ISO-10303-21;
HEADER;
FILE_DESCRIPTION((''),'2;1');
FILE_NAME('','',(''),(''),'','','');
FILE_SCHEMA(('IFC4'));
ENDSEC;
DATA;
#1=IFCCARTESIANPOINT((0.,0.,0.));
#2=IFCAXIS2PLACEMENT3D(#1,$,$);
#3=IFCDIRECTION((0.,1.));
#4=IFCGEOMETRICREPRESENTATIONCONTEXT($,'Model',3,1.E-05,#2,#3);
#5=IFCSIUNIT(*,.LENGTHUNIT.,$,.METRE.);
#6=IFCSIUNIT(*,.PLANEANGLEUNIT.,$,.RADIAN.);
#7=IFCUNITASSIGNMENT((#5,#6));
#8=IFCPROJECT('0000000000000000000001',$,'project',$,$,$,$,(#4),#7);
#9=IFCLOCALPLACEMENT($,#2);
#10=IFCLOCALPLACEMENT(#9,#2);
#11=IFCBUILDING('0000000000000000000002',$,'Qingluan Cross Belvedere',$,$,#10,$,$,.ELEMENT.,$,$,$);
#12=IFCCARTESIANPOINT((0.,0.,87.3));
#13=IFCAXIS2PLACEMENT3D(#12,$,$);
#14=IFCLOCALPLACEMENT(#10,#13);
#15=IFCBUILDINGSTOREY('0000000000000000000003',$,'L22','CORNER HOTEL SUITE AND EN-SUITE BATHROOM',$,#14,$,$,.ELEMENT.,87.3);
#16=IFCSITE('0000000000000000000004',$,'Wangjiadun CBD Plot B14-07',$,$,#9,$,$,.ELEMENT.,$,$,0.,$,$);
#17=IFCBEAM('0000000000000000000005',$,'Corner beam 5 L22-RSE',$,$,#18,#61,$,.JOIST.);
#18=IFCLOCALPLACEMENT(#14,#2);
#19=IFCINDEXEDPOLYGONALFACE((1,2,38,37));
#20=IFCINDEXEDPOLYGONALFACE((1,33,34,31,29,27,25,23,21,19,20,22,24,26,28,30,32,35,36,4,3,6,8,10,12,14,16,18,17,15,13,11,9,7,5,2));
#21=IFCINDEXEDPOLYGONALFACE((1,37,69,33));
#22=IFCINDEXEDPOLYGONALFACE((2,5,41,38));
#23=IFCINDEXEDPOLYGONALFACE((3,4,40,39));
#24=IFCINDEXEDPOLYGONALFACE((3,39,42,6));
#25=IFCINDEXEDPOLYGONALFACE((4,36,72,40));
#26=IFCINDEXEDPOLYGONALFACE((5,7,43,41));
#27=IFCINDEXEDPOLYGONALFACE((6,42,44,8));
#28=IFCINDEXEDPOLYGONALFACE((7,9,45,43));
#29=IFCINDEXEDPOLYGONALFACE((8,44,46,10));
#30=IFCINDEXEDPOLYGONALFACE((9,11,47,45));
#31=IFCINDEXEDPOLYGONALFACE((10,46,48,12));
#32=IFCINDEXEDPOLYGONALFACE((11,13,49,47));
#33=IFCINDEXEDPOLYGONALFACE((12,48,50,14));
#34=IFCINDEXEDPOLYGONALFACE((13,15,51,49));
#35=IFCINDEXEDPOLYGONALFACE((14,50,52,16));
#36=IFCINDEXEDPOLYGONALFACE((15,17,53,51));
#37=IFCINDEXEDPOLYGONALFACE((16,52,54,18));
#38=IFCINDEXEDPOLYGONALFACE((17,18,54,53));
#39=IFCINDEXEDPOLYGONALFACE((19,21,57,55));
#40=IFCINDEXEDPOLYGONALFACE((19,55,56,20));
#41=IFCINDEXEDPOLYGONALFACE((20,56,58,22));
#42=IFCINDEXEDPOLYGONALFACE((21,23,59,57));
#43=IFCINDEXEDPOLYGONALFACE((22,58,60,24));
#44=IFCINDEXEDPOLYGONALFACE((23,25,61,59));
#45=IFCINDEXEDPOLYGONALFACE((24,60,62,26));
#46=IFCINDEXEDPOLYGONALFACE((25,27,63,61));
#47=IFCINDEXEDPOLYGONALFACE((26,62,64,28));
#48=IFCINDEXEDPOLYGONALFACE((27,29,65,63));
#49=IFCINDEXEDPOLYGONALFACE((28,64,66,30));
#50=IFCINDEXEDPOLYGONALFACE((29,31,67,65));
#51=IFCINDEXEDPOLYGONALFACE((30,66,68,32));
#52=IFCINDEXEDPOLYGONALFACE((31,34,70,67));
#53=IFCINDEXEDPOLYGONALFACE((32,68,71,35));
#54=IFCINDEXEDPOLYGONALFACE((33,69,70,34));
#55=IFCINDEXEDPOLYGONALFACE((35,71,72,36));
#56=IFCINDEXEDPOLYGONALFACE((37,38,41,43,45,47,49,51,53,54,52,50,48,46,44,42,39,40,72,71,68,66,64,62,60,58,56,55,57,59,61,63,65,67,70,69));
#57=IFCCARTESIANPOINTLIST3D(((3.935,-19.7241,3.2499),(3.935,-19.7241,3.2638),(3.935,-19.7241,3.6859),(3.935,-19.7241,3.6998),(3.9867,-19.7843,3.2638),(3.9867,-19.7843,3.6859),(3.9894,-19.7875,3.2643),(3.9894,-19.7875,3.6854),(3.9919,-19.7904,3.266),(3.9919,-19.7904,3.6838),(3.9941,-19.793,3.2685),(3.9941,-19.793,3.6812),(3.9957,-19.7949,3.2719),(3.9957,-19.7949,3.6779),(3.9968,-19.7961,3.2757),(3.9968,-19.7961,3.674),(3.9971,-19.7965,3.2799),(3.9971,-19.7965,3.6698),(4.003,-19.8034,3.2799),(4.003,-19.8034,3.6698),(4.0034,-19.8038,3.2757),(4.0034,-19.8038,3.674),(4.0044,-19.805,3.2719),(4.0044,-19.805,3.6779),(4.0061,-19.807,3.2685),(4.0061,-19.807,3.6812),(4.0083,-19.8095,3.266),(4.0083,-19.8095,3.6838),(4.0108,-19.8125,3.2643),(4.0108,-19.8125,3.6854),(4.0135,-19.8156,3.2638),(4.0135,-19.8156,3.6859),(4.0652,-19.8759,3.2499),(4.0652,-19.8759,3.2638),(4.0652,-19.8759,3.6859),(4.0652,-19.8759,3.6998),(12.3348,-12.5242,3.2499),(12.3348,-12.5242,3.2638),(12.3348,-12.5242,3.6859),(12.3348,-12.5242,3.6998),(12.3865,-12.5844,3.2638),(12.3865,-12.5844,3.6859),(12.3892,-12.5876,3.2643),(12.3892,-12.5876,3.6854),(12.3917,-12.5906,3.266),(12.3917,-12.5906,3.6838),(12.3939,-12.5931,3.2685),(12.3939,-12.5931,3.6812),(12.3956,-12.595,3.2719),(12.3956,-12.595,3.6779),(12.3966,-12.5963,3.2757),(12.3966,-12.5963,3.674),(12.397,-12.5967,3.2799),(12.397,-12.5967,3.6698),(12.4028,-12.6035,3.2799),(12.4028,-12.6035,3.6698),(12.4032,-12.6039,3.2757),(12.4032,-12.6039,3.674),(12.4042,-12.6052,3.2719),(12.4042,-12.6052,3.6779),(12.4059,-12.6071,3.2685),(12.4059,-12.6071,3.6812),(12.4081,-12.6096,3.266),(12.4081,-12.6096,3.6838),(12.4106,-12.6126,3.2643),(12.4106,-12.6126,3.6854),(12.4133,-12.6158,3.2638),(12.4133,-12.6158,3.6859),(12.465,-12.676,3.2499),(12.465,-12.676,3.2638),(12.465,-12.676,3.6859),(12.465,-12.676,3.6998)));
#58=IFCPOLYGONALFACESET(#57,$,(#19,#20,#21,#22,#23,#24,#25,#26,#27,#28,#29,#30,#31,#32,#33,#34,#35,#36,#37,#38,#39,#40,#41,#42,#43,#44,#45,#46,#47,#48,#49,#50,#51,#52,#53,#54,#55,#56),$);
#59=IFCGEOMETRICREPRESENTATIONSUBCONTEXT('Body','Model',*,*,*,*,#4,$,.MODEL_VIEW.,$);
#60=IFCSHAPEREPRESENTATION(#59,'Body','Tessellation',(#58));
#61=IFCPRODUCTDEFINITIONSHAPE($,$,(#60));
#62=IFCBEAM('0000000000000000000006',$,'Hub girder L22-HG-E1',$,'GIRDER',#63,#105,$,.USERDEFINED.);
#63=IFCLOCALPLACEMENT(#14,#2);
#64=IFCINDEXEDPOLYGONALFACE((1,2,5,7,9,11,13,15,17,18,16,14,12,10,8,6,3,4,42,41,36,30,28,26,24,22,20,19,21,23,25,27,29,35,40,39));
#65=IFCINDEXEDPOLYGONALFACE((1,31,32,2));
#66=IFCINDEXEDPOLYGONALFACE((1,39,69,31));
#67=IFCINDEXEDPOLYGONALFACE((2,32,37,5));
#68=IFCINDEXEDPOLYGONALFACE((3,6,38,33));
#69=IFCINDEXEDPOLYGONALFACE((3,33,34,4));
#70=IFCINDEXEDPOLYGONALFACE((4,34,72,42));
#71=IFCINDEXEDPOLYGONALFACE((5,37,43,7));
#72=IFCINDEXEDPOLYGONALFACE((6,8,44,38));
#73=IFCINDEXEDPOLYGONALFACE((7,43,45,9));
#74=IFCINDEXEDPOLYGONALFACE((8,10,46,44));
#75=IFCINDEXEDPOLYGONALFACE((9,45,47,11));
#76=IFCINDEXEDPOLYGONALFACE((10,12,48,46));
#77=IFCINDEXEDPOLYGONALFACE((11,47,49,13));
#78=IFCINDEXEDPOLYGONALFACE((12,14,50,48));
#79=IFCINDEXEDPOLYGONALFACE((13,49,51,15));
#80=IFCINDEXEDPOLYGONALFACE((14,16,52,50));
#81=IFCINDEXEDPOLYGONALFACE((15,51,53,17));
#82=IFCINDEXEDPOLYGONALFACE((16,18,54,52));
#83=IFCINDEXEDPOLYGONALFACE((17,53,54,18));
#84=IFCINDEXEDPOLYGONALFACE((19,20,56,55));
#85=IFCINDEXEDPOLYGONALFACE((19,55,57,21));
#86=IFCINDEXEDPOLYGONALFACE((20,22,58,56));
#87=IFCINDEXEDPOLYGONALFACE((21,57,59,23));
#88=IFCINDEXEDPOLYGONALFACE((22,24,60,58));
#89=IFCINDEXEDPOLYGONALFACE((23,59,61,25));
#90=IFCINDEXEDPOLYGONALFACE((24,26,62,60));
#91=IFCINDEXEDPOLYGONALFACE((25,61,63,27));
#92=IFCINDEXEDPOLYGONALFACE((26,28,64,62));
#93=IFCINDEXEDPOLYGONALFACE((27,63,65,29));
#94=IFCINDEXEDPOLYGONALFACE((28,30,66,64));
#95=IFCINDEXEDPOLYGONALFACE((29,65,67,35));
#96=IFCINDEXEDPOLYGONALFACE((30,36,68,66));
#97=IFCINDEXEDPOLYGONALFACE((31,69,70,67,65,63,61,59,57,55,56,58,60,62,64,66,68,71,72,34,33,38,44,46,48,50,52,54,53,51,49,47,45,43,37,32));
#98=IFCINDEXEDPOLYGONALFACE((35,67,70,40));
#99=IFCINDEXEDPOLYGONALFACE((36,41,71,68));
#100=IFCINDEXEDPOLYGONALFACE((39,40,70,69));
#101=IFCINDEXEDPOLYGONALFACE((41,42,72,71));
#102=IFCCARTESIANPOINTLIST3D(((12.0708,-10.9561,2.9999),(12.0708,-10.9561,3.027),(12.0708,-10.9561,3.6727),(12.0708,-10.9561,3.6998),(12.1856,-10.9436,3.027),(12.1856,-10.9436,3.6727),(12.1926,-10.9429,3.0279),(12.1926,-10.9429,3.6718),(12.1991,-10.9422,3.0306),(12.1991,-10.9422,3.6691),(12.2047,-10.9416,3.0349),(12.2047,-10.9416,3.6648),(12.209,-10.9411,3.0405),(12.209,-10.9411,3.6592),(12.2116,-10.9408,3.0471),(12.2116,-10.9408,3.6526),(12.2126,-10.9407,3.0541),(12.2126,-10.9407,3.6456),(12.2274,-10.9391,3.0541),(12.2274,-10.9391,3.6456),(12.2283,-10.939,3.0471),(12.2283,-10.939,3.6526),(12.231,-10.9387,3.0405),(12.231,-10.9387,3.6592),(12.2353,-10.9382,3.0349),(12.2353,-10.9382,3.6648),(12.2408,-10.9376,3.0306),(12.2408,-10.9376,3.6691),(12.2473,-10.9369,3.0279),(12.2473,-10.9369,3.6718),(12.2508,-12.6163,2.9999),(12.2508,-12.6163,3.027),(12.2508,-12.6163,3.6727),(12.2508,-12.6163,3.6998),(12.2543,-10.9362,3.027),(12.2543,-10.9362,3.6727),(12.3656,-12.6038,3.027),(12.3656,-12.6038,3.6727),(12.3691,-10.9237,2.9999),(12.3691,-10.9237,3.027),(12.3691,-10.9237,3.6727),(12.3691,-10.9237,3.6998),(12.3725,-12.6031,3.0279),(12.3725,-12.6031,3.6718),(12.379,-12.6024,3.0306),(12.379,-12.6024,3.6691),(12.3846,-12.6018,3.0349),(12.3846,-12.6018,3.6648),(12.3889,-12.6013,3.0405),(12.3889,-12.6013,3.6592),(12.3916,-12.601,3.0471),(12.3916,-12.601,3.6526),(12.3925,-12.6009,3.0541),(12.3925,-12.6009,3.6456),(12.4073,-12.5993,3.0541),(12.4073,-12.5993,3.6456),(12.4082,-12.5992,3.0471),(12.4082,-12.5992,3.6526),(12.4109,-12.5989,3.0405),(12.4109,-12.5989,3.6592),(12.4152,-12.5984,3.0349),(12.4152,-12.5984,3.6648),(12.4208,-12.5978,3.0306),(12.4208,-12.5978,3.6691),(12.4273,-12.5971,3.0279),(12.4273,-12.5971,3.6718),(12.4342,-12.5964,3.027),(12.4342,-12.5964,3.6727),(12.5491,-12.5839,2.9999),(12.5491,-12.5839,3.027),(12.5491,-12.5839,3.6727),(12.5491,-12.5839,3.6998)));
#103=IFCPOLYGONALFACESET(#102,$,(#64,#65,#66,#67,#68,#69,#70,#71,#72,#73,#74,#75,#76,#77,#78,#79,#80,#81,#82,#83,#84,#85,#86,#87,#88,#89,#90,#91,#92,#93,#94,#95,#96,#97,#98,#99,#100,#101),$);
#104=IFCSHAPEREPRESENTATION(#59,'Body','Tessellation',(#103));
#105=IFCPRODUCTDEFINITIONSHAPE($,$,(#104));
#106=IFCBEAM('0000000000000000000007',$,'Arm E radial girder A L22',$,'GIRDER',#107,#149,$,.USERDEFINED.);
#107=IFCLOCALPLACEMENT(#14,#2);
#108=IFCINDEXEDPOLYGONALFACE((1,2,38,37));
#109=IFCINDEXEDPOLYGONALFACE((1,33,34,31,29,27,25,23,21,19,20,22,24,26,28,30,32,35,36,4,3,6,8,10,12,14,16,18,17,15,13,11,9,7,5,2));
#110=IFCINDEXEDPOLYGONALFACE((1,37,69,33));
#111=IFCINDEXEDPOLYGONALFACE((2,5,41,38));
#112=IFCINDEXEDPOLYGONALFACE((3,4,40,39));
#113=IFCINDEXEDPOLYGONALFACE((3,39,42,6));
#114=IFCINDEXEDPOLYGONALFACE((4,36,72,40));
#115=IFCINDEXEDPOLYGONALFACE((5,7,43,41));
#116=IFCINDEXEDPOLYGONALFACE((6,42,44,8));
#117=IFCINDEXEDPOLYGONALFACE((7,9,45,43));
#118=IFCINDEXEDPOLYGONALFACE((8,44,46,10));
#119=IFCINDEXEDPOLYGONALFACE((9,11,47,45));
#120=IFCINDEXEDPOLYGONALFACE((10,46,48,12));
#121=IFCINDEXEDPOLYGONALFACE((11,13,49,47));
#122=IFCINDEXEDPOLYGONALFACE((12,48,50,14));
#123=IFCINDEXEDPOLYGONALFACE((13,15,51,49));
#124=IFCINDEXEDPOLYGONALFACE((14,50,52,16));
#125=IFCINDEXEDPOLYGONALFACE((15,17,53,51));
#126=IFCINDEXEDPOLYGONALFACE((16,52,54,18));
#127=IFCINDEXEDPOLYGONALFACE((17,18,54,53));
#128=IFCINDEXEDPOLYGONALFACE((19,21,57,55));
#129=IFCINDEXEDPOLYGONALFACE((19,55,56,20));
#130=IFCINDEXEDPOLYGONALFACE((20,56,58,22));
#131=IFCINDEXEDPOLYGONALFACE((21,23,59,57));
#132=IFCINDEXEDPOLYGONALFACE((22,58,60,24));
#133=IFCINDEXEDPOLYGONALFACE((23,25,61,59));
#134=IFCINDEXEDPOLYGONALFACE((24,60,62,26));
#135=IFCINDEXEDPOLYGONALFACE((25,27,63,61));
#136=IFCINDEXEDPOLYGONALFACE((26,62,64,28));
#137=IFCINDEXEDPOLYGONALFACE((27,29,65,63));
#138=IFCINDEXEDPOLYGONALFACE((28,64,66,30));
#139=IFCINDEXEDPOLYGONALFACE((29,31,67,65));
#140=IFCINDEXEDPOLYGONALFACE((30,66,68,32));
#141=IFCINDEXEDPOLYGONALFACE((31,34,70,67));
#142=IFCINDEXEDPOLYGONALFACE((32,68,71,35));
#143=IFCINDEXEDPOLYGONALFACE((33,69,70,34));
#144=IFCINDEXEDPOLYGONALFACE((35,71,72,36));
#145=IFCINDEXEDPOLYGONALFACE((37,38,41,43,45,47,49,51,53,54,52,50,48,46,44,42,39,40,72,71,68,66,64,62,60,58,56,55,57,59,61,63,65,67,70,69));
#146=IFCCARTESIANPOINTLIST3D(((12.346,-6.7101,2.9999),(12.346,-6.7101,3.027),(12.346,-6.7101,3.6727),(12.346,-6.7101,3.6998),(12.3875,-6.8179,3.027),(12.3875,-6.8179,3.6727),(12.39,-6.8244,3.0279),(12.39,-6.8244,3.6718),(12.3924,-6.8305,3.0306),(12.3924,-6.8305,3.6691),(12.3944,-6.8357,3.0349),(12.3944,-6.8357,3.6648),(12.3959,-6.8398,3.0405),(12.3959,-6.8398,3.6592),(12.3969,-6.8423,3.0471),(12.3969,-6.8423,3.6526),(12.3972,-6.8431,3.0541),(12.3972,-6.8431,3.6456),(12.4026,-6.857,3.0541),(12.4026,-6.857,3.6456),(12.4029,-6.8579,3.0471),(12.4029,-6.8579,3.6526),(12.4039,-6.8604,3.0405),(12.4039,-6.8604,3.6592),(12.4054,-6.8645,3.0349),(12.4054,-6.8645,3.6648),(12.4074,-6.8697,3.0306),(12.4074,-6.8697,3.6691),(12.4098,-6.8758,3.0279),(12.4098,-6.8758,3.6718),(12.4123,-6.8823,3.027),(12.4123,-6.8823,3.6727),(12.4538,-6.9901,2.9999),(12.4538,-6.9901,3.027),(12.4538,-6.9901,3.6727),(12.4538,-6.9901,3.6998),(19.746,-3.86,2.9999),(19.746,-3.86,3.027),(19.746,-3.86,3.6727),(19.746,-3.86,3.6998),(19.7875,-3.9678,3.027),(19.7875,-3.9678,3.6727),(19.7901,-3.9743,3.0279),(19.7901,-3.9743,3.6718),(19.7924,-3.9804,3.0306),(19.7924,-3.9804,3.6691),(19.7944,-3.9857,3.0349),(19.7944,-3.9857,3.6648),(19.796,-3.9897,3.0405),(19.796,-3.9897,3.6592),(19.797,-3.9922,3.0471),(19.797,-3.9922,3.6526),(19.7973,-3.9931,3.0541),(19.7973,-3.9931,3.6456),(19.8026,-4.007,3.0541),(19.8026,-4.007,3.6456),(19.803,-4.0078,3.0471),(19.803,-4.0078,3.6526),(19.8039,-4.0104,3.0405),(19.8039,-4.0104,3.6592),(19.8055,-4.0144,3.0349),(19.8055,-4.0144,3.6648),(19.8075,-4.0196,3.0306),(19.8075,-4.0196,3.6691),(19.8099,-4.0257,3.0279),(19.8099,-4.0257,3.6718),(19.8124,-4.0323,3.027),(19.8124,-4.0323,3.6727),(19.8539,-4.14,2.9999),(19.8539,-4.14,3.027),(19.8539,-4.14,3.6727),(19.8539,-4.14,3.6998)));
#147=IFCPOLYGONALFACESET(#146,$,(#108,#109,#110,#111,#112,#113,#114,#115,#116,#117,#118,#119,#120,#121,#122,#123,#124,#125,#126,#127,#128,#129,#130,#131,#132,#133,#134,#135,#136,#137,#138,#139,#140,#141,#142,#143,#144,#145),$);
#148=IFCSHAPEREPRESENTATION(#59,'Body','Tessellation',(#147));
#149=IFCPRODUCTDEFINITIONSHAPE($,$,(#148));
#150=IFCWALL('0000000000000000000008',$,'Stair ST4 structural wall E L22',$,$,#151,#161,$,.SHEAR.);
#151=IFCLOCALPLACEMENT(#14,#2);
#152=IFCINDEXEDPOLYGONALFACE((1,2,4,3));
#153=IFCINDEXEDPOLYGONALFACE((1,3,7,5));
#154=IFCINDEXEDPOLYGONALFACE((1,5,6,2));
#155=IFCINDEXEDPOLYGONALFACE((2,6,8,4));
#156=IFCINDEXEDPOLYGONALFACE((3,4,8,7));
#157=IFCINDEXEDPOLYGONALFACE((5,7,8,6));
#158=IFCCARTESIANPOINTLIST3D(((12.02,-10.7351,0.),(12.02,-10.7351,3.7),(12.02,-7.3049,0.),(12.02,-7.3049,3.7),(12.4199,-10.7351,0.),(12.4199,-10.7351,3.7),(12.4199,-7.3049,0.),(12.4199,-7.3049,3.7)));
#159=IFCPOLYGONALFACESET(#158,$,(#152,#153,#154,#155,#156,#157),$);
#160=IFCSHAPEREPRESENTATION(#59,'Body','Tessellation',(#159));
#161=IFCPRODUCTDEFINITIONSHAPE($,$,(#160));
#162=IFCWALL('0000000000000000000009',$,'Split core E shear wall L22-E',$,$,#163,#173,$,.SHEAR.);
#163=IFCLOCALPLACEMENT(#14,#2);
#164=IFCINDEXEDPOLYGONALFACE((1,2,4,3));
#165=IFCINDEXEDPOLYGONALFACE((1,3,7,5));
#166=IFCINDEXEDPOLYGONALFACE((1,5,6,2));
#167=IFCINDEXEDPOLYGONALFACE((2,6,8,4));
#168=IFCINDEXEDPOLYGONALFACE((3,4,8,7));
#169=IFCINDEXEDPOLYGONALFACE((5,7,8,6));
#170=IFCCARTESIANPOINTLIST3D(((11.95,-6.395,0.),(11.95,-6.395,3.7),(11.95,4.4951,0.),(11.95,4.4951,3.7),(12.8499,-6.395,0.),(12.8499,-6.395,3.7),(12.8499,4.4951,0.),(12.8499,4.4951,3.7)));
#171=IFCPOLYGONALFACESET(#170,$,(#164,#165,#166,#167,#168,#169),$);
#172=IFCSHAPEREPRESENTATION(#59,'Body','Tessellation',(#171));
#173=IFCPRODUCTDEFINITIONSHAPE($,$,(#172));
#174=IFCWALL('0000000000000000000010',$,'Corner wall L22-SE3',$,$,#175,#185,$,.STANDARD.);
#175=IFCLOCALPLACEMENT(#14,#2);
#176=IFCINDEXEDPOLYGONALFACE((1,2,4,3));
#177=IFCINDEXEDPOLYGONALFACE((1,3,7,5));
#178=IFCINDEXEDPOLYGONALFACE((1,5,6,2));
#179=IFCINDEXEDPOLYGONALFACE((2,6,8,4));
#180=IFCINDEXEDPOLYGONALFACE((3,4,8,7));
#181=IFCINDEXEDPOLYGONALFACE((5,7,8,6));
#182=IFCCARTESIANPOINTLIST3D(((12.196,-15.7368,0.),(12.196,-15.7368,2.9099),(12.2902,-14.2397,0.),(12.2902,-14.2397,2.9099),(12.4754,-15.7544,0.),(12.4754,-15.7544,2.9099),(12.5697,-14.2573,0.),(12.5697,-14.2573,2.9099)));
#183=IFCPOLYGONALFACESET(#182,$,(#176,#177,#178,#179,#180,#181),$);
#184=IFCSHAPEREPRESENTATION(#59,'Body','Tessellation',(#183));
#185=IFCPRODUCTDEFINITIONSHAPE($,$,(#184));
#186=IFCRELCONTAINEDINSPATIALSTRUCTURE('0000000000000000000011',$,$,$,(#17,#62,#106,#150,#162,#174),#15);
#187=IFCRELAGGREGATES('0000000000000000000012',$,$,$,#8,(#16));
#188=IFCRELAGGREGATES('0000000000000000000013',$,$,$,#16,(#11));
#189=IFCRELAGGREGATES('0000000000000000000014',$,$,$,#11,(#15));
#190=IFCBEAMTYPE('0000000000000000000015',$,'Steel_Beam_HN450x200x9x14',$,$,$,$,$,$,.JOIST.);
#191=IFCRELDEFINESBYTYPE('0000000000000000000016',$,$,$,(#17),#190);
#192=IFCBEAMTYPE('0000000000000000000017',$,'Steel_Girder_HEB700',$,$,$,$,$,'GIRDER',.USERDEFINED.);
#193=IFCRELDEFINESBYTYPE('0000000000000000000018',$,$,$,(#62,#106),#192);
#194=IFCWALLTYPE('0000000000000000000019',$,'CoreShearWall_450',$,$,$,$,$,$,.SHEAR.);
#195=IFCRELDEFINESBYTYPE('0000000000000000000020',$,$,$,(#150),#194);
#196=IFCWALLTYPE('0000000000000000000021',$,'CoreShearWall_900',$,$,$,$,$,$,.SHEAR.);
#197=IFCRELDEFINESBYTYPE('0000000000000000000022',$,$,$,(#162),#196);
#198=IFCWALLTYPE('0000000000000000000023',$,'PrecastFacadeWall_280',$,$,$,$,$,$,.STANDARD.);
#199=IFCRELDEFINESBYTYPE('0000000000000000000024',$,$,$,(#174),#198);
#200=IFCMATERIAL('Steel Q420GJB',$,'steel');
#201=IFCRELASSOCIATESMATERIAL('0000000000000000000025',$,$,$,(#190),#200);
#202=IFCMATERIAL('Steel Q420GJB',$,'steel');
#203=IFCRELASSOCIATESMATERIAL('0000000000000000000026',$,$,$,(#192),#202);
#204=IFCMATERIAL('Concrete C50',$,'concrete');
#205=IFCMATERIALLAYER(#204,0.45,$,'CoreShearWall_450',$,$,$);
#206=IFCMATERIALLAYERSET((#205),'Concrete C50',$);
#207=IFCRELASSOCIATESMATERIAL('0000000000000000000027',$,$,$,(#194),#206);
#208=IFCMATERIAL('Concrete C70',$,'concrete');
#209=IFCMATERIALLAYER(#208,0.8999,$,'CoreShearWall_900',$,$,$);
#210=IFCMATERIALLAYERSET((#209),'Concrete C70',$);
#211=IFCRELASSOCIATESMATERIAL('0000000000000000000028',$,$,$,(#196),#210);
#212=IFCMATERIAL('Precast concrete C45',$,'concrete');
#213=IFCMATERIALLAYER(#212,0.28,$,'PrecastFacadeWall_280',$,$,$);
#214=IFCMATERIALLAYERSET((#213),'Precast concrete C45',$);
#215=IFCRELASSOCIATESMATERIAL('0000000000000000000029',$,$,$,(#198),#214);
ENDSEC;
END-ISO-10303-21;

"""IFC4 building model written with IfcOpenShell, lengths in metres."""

from ifc_helpers import new_model, si_unit, direction, frame, frame_2d, origin, origin_2d, place, context, subcontext, project, spatial, rectangle, i_section, extrude, material, layer, layer_set, material_profile, profile_set, type_object, element, save


model = new_model("IFC4")

# Units and contexts
model_context = context("Model", 3, precision=1e-05, world=origin(), true_north=direction((0.0, 1.0)))
body_context = subcontext(model_context, "Body", "Model", "MODEL_VIEW")
ifc_project = project(units=[si_unit("LENGTHUNIT", "METRE"), si_unit("PLANEANGLEUNIT", "RADIAN")], contexts=[model_context])

# Site, building, storey
site_placement = place(None, origin())
site = spatial("IfcSite", under=ifc_project, at=site_placement, Name="Wangjiadun CBD Plot B14-07", CompositionType="ELEMENT", RefElevation=0.0)
building_placement = place(site_placement, origin())
building = spatial("IfcBuilding", under=site, at=building_placement, Name="Qingluan Cross Belvedere", CompositionType="ELEMENT")
storey_placement = place(building_placement, frame((0.0, 0.0, 87.3)))
storey = spatial("IfcBuildingStorey", under=building, at=storey_placement, Name="L22", Description="CORNER HOTEL SUITE AND EN-SUITE BATHROOM", CompositionType="ELEMENT", Elevation=87.3)

# Beams
ifc_material_1 = material(Name="Steel Q420GJB", Category="steel")
ifc_material_profile_1 = material_profile(ifc_material_1, i_section(OverallWidth=0.2, OverallDepth=0.45, WebThickness=0.009, FlangeThickness=0.0139, FilletRadius=0.0161, at=origin_2d()), Name="HN450x200x9x14")
ifc_profile_set_1 = profile_set([ifc_material_profile_1], Name="Steel Q420GJB")
beam_type_1 = type_object("IfcBeamType", Name="Steel_Beam_HN450x200x9x14", PredefinedType="JOIST", material=ifc_profile_set_1)
beam_1_placement = place(storey_placement, frame((12.3999, -12.6001, 3.4749), z_axis=(-0.759255, -0.650793, 0.0), x_axis=(0.650793, -0.759255, 0.0)))
element("IfcBeam", 1, at=beam_1_placement, inside=storey, type_object=beam_type_1, Name="Corner beam 5 L22-RSE", PredefinedType="JOIST", context=body_context, shape_type="SweptSolid", body=[
    extrude(i_section(OverallWidth=0.2, OverallDepth=0.45, WebThickness=0.009, FlangeThickness=0.0139, FilletRadius=0.0161, at=origin_2d()), origin(), (0.0, 0.0, 1.0), 11.0632),
])
ifc_material_2 = material(Name="Steel Q420GJB", Category="steel")
ifc_material_profile_2 = material_profile(ifc_material_2, i_section(OverallWidth=0.3, OverallDepth=0.7, WebThickness=0.0149, FlangeThickness=0.0271, FilletRadius=0.0271, at=origin_2d()), Name="HEB700")
ifc_profile_set_2 = profile_set([ifc_material_profile_2], Name="Steel Q420GJB")
beam_type_2 = type_object("IfcBeamType", Name="Steel_Girder_HEB700", ElementType="GIRDER", PredefinedType="USERDEFINED", material=ifc_profile_set_2)
beam_2_placement = place(storey_placement, frame((12.3999, -12.6001, 3.3499), z_axis=(-0.107751, 0.994178, 0.0), x_axis=(-0.994178, -0.107751, 0.0)))
element("IfcBeam", 2, at=beam_2_placement, inside=storey, type_object=beam_type_2, Name="Hub girder L22-HG-E1", ObjectType="GIRDER", PredefinedType="USERDEFINED", context=body_context, shape_type="SweptSolid", body=[
    extrude(i_section(OverallWidth=0.3, OverallDepth=0.7, WebThickness=0.0149, FlangeThickness=0.0271, FilletRadius=0.0271, at=origin_2d()), origin(), (0.0, 0.0, 1.0), 1.6699),
])
beam_3_placement = place(storey_placement, frame((12.3999, -6.8501, 3.3499), z_axis=(0.933181, 0.359406, 0.0), x_axis=(-0.359406, 0.933181, 0.0)))
element("IfcBeam", 3, at=beam_3_placement, inside=storey, type_object=beam_type_2, Name="Arm E radial girder A L22", ObjectType="GIRDER", PredefinedType="USERDEFINED", context=body_context, shape_type="SweptSolid", body=[
    extrude(i_section(OverallWidth=0.3, OverallDepth=0.7, WebThickness=0.0149, FlangeThickness=0.0271, FilletRadius=0.0271, at=origin_2d()), origin(), (0.0, 0.0, 1.0), 7.9299),
])

# Walls
ifc_material_3 = material(Name="Concrete C50", Category="concrete")
ifc_layer_1 = layer(ifc_material_3, 0.45, Name="CoreShearWall_450")
ifc_layer_set_1 = layer_set([ifc_layer_1], Name="Concrete C50")
wall_type_1 = type_object("IfcWallType", Name="CoreShearWall_450", PredefinedType="SHEAR", material=ifc_layer_set_1)
wall_1_placement = place(storey_placement, frame((12.22, -10.7351, 0.0), z_axis=(0.0, 0.0, 1.0), x_axis=(0.0, 1.0, 0.0)))
element("IfcWall", 4, at=wall_1_placement, inside=storey, type_object=wall_type_1, Name="Stair ST4 structural wall E L22", PredefinedType="SHEAR", context=body_context, shape_type="SweptSolid", body=[
    extrude(rectangle(XDim=3.4302, YDim=0.3999, at=frame_2d((1.7151, 0.0))), origin(), (0.0, 0.0, 1.0), 3.7),
])
ifc_material_4 = material(Name="Concrete C70", Category="concrete")
ifc_layer_2 = layer(ifc_material_4, 0.8999, Name="CoreShearWall_900")
ifc_layer_set_2 = layer_set([ifc_layer_2], Name="Concrete C70")
wall_type_2 = type_object("IfcWallType", Name="CoreShearWall_900", PredefinedType="SHEAR", material=ifc_layer_set_2)
wall_2_placement = place(storey_placement, frame((12.3999, -6.395, 0.0), z_axis=(0.0, 0.0, 1.0), x_axis=(0.0, 1.0, 0.0)))
element("IfcWall", 5, at=wall_2_placement, inside=storey, type_object=wall_type_2, Name="Split core E shear wall L22-E", PredefinedType="SHEAR", context=body_context, shape_type="SweptSolid", body=[
    extrude(rectangle(XDim=10.8901, YDim=0.8999, at=frame_2d((5.4451, 0.0))), origin(), (0.0, 0.0, 1.0), 3.7),
])
ifc_material_5 = material(Name="Precast concrete C45", Category="concrete")
ifc_layer_3 = layer(ifc_material_5, 0.28, Name="PrecastFacadeWall_280")
ifc_layer_set_3 = layer_set([ifc_layer_3], Name="Precast concrete C45")
wall_type_3 = type_object("IfcWallType", Name="PrecastFacadeWall_280", PredefinedType="STANDARD", material=ifc_layer_set_3)
wall_3_placement = place(storey_placement, frame((12.4299, -14.2485, 0.0), z_axis=(0.0, 0.0, 1.0), x_axis=(-0.062824, -0.998025, 0.0)))
element("IfcWall", 6, at=wall_3_placement, inside=storey, type_object=wall_type_3, Name="Corner wall L22-SE3", PredefinedType="STANDARD", context=body_context, shape_type="SweptSolid", body=[
    extrude(rectangle(XDim=1.5, YDim=0.28, at=frame_2d((0.75, 0.0))), origin(), (0.0, 0.0, 1.0), 2.9099),
])

save(model, "model.ifc")
